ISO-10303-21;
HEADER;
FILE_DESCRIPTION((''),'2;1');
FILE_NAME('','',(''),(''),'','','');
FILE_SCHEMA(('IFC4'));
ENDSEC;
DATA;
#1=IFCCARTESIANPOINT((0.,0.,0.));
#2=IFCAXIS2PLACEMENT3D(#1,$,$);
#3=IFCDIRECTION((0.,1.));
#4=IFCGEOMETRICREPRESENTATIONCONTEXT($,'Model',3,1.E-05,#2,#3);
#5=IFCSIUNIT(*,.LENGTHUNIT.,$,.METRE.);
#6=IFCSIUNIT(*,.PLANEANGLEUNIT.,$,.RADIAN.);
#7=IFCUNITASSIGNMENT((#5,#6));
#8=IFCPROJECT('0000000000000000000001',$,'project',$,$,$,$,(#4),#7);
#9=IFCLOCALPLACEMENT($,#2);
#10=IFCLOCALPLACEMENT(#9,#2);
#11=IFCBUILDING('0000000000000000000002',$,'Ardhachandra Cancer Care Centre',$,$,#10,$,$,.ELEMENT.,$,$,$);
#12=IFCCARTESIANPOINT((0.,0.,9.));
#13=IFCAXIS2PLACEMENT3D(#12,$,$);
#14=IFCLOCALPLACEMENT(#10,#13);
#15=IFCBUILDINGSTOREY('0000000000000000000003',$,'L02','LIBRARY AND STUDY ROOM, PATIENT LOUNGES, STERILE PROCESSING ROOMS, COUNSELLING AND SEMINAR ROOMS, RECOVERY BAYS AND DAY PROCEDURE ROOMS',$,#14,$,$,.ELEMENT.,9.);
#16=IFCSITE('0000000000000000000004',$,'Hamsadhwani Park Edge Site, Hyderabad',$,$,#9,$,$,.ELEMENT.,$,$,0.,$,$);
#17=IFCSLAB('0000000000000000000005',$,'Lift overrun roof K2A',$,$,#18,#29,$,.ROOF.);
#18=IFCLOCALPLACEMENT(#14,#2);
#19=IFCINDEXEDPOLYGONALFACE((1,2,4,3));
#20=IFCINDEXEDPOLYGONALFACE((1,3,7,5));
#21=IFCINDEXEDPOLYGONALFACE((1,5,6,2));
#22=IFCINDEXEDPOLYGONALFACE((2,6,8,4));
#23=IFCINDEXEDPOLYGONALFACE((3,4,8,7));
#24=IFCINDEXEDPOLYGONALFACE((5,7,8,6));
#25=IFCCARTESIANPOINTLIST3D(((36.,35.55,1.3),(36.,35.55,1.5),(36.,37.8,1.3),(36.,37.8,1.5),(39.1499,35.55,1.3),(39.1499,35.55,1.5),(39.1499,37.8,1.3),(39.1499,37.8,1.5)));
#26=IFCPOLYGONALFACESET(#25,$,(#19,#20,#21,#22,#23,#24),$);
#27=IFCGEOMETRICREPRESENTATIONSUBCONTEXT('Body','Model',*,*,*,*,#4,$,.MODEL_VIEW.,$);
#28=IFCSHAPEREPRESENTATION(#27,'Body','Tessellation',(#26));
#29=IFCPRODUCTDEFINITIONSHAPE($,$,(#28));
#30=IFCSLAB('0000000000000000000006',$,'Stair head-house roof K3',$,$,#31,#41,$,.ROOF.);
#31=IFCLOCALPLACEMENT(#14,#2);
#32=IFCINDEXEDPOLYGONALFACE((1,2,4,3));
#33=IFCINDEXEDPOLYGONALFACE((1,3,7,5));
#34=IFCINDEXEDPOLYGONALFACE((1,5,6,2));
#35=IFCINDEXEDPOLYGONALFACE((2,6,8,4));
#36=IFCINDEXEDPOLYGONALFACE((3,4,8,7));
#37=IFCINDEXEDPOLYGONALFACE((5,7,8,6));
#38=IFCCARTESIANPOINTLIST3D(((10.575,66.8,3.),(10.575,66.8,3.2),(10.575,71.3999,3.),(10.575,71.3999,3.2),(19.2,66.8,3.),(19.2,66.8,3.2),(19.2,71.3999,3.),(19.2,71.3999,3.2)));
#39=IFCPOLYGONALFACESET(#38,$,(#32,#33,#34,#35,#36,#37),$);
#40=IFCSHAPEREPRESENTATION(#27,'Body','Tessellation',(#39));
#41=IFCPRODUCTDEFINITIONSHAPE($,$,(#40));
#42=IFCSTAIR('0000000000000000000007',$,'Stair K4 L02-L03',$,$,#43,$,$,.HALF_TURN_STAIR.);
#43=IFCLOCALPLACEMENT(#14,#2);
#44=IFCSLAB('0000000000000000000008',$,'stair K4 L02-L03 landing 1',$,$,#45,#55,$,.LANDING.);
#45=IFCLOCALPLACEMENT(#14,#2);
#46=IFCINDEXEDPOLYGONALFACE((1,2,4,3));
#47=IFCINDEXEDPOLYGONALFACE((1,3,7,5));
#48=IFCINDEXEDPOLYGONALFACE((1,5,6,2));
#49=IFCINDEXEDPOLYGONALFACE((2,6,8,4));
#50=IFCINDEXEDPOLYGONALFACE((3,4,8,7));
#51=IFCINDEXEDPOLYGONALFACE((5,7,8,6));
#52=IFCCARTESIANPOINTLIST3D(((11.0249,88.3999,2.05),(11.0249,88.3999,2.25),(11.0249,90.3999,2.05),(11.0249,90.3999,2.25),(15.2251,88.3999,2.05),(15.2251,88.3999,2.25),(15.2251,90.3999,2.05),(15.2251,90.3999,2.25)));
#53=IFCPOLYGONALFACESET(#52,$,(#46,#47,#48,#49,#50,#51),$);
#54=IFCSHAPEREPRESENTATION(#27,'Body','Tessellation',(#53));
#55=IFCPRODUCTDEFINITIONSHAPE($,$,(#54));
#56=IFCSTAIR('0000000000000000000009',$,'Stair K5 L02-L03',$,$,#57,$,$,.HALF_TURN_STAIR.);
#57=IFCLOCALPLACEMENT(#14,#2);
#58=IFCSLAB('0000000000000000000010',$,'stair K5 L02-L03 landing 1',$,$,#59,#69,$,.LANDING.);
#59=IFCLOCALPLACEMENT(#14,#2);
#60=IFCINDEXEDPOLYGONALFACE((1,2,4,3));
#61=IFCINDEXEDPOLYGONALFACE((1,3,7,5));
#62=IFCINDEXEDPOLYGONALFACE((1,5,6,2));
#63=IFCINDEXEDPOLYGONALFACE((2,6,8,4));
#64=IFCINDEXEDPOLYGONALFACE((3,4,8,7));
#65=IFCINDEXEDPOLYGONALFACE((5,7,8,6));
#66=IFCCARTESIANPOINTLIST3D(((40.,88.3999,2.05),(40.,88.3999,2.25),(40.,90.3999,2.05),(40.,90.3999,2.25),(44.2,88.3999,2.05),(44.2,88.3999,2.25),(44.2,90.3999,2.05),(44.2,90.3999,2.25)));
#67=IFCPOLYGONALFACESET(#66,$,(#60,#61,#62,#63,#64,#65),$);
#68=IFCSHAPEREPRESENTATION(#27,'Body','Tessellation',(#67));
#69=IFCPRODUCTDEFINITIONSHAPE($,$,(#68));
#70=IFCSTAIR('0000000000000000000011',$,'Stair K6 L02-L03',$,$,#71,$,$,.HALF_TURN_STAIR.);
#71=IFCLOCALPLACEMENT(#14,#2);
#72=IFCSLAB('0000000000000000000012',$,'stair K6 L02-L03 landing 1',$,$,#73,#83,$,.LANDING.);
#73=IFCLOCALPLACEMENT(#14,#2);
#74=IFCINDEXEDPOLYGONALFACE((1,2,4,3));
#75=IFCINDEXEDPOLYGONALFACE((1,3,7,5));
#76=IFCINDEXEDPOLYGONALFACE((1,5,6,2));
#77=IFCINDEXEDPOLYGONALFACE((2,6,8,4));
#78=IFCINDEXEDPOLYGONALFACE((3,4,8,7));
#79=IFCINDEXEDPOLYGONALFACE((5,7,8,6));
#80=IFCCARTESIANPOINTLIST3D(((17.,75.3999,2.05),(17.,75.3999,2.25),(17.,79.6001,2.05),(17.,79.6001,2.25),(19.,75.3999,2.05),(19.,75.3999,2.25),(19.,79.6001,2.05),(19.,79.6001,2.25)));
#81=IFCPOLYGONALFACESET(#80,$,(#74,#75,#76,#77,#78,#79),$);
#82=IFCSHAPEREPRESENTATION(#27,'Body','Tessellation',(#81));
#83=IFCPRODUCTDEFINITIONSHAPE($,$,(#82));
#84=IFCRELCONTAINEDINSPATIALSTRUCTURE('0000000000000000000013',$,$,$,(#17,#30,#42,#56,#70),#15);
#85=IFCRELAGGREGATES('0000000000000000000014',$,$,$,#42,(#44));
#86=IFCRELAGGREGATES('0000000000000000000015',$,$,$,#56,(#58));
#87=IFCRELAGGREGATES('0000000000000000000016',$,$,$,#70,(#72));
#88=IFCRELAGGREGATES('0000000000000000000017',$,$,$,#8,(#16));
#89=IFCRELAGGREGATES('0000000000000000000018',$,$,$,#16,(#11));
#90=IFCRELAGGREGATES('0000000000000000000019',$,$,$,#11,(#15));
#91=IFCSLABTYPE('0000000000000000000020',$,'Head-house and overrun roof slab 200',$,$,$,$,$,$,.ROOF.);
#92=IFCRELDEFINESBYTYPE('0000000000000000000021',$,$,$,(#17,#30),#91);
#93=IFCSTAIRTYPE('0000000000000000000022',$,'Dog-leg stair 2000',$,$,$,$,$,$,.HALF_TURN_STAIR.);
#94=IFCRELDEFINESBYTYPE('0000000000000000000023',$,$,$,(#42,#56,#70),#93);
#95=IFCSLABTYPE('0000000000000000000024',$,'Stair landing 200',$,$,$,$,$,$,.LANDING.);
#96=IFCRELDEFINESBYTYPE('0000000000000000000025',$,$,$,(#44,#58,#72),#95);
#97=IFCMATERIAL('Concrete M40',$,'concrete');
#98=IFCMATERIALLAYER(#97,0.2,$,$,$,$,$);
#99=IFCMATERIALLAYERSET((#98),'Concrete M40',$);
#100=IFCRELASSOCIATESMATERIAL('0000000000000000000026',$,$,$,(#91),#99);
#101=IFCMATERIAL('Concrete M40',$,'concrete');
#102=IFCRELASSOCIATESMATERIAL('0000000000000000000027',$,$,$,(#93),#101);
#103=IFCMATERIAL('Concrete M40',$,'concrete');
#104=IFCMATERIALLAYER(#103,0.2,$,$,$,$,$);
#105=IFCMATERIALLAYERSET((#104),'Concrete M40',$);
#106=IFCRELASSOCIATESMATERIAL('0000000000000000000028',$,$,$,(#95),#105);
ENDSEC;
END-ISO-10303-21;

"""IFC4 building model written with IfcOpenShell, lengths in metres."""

from ifc_helpers import new_model, si_unit, direction, frame, origin, place, context, subcontext, project, spatial, polyline, outline, extrude, material, layer, layer_set, type_object, element, aggregate, save


model = new_model("IFC4")

# Units and contexts
model_context = context("Model", 3, precision=1e-05, world=origin(), true_north=direction((0.0, 1.0)))
body_context = subcontext(model_context, "Body", "Model", "MODEL_VIEW")
ifc_project = project(units=[si_unit("LENGTHUNIT", "METRE"), si_unit("PLANEANGLEUNIT", "RADIAN")], contexts=[model_context])

# Site, building, storey
site_placement = place(None, origin())
site = spatial("IfcSite", under=ifc_project, at=site_placement, Name="Hamsadhwani Park Edge Site, Hyderabad", CompositionType="ELEMENT", RefElevation=0.0)
building_placement = place(site_placement, origin())
building = spatial("IfcBuilding", under=site, at=building_placement, Name="Ardhachandra Cancer Care Centre", CompositionType="ELEMENT")
storey_placement = place(building_placement, frame((0.0, 0.0, 9.0)))
storey = spatial("IfcBuildingStorey", under=building, at=storey_placement, Name="L02", Description="LIBRARY AND STUDY ROOM, PATIENT LOUNGES, STERILE PROCESSING ROOMS, COUNSELLING AND SEMINAR ROOMS, RECOVERY BAYS AND DAY PROCEDURE ROOMS", CompositionType="ELEMENT", Elevation=9.0)

# Slabs
ifc_material_1 = material(Name="Concrete M40", Category="concrete")
ifc_layer_1 = layer(ifc_material_1, 0.2)
ifc_layer_set_1 = layer_set([ifc_layer_1], Name="Concrete M40")
slab_type_1 = type_object("IfcSlabType", Name="Head-house and overrun roof slab 200", PredefinedType="ROOF", material=ifc_layer_set_1)
slab_1_placement = place(storey_placement, frame((0.0, 0.0, 1.3)))
element("IfcSlab", 1, at=slab_1_placement, inside=storey, type_object=slab_type_1, Name="Lift overrun roof K2A", PredefinedType="ROOF", context=body_context, shape_type="SweptSolid", body=[
    extrude(outline(polyline([(39.1499, 37.8), (39.1499, 35.55), (36.0, 35.55), (36.0, 37.8), (39.1499, 37.8)])), origin(), (0.0, 0.0, 1.0), 0.2),
])
slab_2_placement = place(storey_placement, frame((0.0, 0.0, 3.0)))
element("IfcSlab", 2, at=slab_2_placement, inside=storey, type_object=slab_type_1, Name="Stair head-house roof K3", PredefinedType="ROOF", context=body_context, shape_type="SweptSolid", body=[
    extrude(outline(polyline([(10.575, 71.3999), (19.2, 71.3999), (19.2, 66.8), (10.575, 66.8), (10.575, 71.3999)])), origin(), (0.0, 0.0, 1.0), 0.2),
])

# Stairs, slabs
ifc_material_2 = material(Name="Concrete M40", Category="concrete")
stair_type = type_object("IfcStairType", Name="Dog-leg stair 2000", PredefinedType="HALF_TURN_STAIR", material=ifc_material_2)
stair_1_placement = place(storey_placement, origin())
stair_1 = element("IfcStair", 3, at=stair_1_placement, inside=storey, type_object=stair_type, Name="Stair K4 L02-L03", PredefinedType="HALF_TURN_STAIR")
ifc_material_3 = material(Name="Concrete M40", Category="concrete")
ifc_layer_2 = layer(ifc_material_3, 0.2)
ifc_layer_set_2 = layer_set([ifc_layer_2], Name="Concrete M40")
slab_type_2 = type_object("IfcSlabType", Name="Stair landing 200", PredefinedType="LANDING", material=ifc_layer_set_2)
slab_3_placement = place(storey_placement, frame((0.0, 0.0, 2.05)))
slab_3 = element("IfcSlab", 4, at=slab_3_placement, type_object=slab_type_2, Name="stair K4 L02-L03 landing 1", PredefinedType="LANDING", context=body_context, shape_type="SweptSolid", body=[
    extrude(outline(polyline([(11.0249, 88.3999), (15.2251, 88.3999), (15.2251, 90.3999), (11.0249, 90.3999), (11.0249, 88.3999)])), origin(), (0.0, 0.0, 1.0), 0.2),
])
aggregate(stair_1, [slab_3])
stair_2_placement = place(storey_placement, origin())
stair_2 = element("IfcStair", 5, at=stair_2_placement, inside=storey, type_object=stair_type, Name="Stair K5 L02-L03", PredefinedType="HALF_TURN_STAIR")
slab_4_placement = place(storey_placement, frame((0.0, 0.0, 2.05)))
slab_4 = element("IfcSlab", 6, at=slab_4_placement, type_object=slab_type_2, Name="stair K5 L02-L03 landing 1", PredefinedType="LANDING", context=body_context, shape_type="SweptSolid", body=[
    extrude(outline(polyline([(40.0, 88.3999), (44.2, 88.3999), (44.2, 90.3999), (40.0, 90.3999), (40.0, 88.3999)])), origin(), (0.0, 0.0, 1.0), 0.2),
])
aggregate(stair_2, [slab_4])
stair_3_placement = place(storey_placement, origin())
stair_3 = element("IfcStair", 7, at=stair_3_placement, inside=storey, type_object=stair_type, Name="Stair K6 L02-L03", PredefinedType="HALF_TURN_STAIR")
slab_5_placement = place(storey_placement, frame((0.0, 0.0, 2.05)))
slab_5 = element("IfcSlab", 8, at=slab_5_placement, type_object=slab_type_2, Name="stair K6 L02-L03 landing 1", PredefinedType="LANDING", context=body_context, shape_type="SweptSolid", body=[
    extrude(outline(polyline([(17.0, 75.3999), (19.0, 75.3999), (19.0, 79.6001), (17.0, 79.6001), (17.0, 75.3999)])), origin(), (0.0, 0.0, 1.0), 0.2),
])
aggregate(stair_3, [slab_5])

save(model, "model.ifc")
